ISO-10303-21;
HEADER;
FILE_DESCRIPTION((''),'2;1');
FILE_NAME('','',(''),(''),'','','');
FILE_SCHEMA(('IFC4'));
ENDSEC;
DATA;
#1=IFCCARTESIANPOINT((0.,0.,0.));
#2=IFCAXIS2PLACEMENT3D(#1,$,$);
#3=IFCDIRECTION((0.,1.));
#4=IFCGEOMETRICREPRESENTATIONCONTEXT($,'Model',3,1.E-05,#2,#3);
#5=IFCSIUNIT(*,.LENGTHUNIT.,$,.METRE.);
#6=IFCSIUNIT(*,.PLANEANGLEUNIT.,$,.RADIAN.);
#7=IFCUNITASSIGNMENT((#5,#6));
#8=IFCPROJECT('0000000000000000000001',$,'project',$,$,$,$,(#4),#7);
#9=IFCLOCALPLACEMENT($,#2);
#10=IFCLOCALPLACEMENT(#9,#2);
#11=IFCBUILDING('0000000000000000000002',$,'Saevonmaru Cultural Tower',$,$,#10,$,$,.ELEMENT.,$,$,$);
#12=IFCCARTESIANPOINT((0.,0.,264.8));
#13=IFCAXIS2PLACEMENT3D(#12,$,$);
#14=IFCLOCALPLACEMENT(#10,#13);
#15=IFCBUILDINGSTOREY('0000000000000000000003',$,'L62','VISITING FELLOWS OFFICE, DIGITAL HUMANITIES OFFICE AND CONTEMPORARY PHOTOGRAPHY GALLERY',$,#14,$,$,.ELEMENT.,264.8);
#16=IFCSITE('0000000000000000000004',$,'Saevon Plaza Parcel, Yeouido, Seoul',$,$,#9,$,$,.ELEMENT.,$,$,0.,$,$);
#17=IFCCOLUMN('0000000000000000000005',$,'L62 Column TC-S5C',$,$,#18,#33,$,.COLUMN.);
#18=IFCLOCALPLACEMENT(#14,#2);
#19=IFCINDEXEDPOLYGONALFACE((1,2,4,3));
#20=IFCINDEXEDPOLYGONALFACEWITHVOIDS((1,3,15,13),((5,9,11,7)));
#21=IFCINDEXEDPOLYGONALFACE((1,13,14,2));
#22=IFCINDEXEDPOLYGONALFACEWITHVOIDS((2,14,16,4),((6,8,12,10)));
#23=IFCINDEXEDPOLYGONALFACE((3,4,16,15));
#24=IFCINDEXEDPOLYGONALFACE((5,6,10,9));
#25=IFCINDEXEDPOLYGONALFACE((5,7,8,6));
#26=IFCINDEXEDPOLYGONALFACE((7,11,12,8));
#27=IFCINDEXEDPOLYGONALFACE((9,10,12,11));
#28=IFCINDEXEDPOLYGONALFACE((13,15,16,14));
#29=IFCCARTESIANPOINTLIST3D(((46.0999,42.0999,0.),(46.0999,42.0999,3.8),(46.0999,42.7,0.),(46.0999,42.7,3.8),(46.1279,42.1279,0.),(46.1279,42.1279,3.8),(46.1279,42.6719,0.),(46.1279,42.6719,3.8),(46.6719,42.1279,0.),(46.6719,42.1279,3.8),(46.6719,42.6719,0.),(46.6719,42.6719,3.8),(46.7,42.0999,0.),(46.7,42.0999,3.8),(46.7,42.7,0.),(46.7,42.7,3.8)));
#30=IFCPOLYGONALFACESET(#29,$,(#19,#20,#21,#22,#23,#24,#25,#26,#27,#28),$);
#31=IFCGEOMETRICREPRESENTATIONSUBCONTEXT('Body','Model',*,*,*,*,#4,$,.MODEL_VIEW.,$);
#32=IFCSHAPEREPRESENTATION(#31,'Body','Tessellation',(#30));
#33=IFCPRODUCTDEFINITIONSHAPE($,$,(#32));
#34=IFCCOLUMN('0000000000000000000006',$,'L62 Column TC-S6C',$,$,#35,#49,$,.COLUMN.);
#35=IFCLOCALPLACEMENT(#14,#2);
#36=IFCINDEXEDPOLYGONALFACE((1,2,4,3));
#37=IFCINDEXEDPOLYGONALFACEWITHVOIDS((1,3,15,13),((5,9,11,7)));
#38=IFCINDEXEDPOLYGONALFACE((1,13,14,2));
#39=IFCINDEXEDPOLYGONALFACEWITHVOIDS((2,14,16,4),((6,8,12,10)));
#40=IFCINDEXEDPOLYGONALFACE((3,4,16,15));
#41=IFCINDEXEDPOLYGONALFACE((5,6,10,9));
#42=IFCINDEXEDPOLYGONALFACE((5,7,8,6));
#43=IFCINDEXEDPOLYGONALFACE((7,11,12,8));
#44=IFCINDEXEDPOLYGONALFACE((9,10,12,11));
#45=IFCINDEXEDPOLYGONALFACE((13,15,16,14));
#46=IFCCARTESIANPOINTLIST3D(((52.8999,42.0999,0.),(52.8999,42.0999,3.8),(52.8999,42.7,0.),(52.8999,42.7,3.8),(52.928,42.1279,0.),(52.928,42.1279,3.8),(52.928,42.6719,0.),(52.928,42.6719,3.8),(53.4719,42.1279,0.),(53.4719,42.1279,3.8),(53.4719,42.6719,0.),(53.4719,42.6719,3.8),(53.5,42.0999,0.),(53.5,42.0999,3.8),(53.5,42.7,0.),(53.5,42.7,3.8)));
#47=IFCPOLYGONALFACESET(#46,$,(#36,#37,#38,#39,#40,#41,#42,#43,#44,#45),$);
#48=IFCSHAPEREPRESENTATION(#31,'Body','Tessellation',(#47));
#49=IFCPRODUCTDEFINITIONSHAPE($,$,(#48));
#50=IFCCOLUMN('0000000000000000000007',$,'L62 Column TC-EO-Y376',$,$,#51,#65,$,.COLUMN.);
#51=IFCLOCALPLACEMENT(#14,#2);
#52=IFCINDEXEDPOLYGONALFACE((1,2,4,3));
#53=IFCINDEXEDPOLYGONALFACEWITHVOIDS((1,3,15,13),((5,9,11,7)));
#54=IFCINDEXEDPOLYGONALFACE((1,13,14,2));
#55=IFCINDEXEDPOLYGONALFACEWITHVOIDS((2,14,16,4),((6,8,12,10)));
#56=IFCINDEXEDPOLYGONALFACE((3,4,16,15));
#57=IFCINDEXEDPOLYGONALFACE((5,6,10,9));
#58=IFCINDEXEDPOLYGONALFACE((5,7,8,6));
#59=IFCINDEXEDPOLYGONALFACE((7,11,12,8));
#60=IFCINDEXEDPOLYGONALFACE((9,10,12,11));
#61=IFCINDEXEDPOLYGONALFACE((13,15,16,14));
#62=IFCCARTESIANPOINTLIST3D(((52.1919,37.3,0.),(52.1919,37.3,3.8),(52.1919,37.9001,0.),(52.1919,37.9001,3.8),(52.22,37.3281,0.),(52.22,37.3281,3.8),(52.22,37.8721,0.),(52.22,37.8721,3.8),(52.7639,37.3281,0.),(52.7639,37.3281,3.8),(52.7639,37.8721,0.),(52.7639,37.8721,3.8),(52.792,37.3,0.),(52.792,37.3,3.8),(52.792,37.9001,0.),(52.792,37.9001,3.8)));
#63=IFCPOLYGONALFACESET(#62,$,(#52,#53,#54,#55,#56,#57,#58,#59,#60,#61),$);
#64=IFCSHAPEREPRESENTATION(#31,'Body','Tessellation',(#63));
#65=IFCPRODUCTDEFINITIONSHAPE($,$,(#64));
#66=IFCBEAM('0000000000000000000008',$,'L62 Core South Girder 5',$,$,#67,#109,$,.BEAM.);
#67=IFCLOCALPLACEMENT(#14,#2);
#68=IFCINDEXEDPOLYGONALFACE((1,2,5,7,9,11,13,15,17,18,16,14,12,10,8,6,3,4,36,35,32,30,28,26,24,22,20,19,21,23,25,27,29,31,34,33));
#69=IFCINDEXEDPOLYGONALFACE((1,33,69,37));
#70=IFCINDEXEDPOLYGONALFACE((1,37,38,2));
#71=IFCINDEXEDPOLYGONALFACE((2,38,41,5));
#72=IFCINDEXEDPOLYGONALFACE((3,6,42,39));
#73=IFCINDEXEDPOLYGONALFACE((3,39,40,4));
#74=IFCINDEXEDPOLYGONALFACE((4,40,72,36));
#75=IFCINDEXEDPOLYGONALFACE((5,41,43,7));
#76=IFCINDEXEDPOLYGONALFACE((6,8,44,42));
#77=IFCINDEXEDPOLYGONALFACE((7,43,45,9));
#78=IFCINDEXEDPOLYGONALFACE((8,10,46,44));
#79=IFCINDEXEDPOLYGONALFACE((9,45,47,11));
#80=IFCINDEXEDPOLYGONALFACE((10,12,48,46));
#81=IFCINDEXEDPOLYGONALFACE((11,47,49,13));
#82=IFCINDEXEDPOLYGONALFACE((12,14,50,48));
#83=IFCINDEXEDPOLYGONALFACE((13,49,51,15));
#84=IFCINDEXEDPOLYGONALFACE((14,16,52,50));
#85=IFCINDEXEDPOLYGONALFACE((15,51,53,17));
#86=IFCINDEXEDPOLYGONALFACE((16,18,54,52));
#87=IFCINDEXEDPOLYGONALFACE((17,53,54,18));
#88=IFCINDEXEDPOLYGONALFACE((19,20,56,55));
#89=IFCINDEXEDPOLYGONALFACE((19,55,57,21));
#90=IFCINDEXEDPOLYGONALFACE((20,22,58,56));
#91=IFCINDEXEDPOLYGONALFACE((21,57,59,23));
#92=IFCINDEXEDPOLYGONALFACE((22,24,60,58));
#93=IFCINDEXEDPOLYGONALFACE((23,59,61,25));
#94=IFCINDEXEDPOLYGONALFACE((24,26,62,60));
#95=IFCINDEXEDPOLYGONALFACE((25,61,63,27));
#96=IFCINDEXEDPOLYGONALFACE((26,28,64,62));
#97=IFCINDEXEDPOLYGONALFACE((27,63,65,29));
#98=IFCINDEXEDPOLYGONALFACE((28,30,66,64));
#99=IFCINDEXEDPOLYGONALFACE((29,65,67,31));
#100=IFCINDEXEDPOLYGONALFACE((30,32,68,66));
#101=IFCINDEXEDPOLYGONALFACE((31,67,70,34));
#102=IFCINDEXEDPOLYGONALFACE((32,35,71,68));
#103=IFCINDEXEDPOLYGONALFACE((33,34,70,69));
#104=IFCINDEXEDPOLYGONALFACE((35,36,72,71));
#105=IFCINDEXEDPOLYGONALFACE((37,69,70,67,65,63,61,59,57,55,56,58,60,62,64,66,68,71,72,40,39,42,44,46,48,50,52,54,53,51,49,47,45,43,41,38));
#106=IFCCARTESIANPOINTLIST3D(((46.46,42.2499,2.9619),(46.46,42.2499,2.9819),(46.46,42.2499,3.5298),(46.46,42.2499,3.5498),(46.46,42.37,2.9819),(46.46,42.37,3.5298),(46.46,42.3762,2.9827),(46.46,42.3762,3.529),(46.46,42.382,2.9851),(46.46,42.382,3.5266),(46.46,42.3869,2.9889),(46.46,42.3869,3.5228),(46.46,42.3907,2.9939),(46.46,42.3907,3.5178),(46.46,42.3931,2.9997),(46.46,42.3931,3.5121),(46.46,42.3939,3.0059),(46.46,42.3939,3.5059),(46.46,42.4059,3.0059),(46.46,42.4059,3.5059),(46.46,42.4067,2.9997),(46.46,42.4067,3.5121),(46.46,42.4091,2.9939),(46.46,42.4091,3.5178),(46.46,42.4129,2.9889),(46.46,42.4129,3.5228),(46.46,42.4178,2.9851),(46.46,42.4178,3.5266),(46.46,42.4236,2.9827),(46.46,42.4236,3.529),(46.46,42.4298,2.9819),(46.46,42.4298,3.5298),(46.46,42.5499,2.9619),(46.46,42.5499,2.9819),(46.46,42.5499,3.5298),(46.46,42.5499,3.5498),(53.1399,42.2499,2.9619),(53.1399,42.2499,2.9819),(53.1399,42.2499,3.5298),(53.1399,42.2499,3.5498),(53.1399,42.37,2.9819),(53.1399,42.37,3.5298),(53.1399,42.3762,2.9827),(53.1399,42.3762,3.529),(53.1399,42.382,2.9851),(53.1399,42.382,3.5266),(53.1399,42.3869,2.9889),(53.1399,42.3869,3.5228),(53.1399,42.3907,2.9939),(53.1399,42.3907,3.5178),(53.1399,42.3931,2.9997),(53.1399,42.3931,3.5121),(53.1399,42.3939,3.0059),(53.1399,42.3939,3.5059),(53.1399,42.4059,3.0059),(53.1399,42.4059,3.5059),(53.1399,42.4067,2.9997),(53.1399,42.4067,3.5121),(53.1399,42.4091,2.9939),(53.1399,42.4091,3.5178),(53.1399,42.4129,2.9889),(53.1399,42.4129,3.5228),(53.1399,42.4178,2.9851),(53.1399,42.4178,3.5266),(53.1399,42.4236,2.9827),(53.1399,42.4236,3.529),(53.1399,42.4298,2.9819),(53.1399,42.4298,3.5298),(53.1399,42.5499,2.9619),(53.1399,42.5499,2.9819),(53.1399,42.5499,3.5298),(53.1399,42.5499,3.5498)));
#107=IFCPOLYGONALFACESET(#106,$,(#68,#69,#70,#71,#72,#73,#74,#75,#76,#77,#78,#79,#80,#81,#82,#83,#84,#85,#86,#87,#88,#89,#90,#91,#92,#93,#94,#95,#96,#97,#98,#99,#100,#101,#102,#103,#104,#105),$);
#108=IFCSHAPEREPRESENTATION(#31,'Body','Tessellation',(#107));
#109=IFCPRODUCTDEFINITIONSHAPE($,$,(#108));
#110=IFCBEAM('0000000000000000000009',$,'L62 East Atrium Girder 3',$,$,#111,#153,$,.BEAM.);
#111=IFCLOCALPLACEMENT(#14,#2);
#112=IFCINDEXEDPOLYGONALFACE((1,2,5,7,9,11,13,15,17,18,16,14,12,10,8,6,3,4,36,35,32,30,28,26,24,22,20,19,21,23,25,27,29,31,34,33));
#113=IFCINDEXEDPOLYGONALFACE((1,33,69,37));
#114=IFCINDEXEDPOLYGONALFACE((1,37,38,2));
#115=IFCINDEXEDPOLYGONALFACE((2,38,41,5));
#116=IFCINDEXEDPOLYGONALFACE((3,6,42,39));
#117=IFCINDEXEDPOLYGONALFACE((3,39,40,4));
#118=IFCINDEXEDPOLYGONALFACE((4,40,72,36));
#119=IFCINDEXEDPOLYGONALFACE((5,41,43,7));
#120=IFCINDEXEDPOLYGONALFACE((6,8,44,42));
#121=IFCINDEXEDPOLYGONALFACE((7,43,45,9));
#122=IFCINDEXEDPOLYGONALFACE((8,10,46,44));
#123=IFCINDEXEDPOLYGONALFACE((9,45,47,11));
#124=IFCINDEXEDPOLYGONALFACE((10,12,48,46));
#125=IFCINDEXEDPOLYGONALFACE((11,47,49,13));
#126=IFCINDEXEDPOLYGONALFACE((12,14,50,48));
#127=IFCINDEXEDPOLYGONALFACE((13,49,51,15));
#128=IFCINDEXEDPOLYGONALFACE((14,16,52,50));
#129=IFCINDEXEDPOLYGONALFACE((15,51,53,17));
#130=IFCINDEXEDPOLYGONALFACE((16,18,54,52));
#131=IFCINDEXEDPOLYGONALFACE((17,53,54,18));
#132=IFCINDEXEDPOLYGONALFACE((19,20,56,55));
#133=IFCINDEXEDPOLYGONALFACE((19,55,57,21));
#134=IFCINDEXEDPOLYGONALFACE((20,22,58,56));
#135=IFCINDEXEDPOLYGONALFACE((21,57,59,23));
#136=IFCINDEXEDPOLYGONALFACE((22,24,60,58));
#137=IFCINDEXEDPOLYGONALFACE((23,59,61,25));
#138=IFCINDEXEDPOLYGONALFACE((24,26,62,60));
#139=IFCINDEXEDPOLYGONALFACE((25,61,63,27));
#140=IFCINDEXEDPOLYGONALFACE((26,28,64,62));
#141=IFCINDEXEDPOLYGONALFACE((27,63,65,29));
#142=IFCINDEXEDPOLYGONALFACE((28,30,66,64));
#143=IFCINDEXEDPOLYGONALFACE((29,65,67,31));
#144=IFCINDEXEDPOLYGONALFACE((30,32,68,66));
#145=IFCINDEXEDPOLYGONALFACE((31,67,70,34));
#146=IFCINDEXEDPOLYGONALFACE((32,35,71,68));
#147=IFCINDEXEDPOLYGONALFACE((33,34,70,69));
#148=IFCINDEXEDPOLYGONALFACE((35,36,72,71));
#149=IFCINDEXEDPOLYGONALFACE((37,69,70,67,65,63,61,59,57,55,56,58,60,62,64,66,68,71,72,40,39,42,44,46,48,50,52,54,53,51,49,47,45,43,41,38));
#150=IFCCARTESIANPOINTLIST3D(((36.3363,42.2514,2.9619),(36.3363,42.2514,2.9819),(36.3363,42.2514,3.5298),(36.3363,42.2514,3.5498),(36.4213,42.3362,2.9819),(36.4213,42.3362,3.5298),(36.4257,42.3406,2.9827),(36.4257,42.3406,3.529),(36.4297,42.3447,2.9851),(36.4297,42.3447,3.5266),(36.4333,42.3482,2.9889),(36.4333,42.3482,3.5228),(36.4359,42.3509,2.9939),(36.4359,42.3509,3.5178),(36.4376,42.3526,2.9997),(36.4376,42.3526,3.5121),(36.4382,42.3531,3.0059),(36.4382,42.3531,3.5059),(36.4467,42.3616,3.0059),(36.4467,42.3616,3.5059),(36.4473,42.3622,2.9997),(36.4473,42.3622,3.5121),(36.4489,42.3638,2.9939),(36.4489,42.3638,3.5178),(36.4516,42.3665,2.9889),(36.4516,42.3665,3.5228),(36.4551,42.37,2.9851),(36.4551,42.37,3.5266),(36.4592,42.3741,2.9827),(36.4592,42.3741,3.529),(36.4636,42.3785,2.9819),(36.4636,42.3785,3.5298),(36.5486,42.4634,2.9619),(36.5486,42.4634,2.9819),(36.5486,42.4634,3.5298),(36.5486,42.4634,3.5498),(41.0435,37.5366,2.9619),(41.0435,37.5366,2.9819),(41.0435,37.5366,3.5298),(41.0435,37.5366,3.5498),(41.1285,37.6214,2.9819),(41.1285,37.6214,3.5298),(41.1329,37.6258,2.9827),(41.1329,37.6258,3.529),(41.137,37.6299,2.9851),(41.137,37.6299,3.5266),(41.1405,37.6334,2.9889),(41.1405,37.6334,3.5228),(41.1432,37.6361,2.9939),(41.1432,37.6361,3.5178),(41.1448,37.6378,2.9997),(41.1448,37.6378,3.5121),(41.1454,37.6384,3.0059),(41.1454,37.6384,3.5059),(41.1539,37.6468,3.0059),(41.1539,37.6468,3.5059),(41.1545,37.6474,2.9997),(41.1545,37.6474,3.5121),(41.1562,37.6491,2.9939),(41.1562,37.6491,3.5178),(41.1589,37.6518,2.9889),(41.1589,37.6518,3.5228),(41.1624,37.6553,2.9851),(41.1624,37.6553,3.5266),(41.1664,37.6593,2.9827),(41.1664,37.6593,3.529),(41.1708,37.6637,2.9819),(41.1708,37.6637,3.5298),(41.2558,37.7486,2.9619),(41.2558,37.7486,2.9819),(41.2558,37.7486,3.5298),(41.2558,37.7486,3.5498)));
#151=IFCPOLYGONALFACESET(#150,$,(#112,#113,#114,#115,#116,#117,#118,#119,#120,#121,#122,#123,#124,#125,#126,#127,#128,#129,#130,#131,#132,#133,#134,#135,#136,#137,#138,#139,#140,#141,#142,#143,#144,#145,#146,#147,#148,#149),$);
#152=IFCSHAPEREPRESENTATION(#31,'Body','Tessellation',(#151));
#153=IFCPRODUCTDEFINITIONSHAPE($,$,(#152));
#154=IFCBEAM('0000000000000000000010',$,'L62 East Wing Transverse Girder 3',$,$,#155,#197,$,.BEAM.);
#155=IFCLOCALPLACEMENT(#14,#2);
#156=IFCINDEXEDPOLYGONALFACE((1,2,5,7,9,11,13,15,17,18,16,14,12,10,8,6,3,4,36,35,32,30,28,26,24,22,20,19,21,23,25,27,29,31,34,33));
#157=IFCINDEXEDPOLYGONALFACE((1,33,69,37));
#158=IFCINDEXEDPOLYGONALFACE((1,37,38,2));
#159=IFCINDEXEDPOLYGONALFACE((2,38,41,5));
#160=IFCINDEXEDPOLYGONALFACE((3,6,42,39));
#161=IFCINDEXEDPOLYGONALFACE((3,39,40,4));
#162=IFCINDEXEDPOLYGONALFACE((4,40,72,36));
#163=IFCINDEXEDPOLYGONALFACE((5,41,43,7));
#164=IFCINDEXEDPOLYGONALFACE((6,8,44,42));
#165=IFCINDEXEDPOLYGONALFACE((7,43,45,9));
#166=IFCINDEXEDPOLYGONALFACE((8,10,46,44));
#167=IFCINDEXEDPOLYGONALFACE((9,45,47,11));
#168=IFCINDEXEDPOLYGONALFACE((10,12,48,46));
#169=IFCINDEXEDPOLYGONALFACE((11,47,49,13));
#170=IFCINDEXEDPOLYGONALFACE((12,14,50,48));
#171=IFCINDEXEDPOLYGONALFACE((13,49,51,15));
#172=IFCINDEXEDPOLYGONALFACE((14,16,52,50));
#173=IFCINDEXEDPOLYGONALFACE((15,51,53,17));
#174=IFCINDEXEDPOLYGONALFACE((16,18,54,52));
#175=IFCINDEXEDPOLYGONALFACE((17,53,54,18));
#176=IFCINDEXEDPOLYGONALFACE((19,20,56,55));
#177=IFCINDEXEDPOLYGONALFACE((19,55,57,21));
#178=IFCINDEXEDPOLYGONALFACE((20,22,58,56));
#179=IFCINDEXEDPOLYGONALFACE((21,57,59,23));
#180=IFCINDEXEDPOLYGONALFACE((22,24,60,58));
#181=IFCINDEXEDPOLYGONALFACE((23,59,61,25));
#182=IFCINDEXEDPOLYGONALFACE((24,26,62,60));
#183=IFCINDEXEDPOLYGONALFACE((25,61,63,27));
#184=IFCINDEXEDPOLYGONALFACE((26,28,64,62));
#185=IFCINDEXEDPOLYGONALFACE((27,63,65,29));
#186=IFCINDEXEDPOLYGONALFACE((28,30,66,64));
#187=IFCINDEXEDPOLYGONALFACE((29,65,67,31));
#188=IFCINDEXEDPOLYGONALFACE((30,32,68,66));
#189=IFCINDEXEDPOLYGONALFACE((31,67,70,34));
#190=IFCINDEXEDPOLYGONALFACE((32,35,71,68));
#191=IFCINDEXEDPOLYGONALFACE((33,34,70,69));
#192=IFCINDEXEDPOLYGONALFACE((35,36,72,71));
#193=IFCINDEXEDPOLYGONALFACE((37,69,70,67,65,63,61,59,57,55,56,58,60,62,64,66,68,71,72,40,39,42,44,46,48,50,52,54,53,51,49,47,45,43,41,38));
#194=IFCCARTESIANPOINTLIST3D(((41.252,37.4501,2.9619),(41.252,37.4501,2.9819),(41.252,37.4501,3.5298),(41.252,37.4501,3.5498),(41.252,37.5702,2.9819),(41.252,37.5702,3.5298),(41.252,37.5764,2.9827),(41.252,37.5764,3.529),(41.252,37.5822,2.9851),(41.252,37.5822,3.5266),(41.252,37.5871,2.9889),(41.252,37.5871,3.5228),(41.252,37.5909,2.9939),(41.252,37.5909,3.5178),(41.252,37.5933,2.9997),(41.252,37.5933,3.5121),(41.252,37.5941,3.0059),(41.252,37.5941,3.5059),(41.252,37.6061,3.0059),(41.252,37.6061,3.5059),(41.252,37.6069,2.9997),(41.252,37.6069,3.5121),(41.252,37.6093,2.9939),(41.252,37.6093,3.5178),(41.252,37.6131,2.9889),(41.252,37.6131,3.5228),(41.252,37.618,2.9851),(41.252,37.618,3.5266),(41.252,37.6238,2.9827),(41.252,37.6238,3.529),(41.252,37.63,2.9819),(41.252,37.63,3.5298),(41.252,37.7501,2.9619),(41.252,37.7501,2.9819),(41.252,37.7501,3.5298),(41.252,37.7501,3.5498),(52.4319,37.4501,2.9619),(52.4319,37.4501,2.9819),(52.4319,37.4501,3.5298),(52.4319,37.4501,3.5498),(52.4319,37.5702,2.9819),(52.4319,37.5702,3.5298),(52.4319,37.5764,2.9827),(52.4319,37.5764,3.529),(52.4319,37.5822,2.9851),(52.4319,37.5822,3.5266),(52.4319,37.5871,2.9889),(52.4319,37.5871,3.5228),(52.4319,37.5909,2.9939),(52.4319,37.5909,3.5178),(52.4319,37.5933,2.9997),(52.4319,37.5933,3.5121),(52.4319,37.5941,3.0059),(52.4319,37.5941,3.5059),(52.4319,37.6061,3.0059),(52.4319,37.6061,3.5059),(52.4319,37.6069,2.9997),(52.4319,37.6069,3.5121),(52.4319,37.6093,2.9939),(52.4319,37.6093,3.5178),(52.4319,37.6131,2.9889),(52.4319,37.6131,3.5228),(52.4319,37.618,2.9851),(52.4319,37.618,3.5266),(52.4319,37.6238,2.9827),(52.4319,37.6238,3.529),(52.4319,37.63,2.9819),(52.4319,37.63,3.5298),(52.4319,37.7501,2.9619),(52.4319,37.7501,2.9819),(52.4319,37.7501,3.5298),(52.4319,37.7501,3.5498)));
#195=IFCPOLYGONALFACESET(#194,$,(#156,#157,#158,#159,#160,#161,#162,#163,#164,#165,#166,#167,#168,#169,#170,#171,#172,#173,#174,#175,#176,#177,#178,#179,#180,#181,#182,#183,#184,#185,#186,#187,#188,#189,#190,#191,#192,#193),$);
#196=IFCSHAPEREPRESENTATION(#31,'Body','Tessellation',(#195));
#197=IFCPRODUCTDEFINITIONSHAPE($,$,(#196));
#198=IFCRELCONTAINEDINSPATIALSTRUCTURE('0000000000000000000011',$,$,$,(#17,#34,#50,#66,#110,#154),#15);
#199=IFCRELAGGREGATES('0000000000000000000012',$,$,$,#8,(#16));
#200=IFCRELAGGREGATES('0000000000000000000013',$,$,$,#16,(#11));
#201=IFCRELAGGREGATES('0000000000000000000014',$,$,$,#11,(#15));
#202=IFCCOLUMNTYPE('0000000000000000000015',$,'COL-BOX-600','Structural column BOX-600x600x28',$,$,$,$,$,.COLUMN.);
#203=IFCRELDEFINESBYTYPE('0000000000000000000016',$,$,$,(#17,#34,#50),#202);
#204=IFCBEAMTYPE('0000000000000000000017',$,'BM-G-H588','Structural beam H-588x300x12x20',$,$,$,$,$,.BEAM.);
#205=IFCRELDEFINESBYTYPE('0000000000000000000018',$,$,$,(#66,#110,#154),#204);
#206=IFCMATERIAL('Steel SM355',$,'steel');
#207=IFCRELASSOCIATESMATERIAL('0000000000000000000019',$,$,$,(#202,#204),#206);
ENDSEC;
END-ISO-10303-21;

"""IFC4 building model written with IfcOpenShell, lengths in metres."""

from ifc_helpers import new_model, si_unit, direction, frame, origin, origin_2d, place, context, subcontext, project, spatial, hollow_rectangle, i_section, extrude, material, material_profile, profile_set, type_object, element, save


model = new_model("IFC4")

# Units and contexts
model_context = context("Model", 3, precision=1e-05, world=origin(), true_north=direction((0.0, 1.0)))
body_context = subcontext(model_context, "Body", "Model", "MODEL_VIEW")
ifc_project = project(units=[si_unit("LENGTHUNIT", "METRE"), si_unit("PLANEANGLEUNIT", "RADIAN")], contexts=[model_context])

# Site, building, storey
site_placement = place(None, origin())
site = spatial("IfcSite", under=ifc_project, at=site_placement, Name="Saevon Plaza Parcel, Yeouido, Seoul", CompositionType="ELEMENT", RefElevation=0.0)
building_placement = place(site_placement, origin())
building = spatial("IfcBuilding", under=site, at=building_placement, Name="Saevonmaru Cultural Tower", CompositionType="ELEMENT")
storey_placement = place(building_placement, frame((0.0, 0.0, 264.8)))
storey = spatial("IfcBuildingStorey", under=building, at=storey_placement, Name="L62", Description="VISITING FELLOWS OFFICE, DIGITAL HUMANITIES OFFICE AND CONTEMPORARY PHOTOGRAPHY GALLERY", CompositionType="ELEMENT", Elevation=264.8)

# Columns
ifc_material_1 = material(Name="Steel SM355", Category="steel")
ifc_material_profile_1 = material_profile(ifc_material_1, hollow_rectangle(XDim=0.6001, YDim=0.6001, WallThickness=0.0281, at=origin_2d()), Name="BOX-600x600x28")
ifc_profile_set_1 = profile_set([ifc_material_profile_1], Name="Steel SM355")
column_type = type_object("IfcColumnType", Name="COL-BOX-600", Description="Structural column BOX-600x600x28", PredefinedType="COLUMN", material=ifc_profile_set_1)
for number, where, z_axis, x_axis, name in (
    (1, (46.3999, 42.3999, 0.0), (0.0, 0.0, 1.0), (1.0, 0.0, 0.0), "L62 Column TC-S5C"),
    (2, (53.2, 42.3999, 0.0), (0.0, 0.0, 1.0), (1.0, 0.0, 0.0), "L62 Column TC-S6C"),
    (3, (52.4919, 37.6001, 0.0), (0.0, 0.0, 1.0), (1.0, 0.0, 0.0), "L62 Column TC-EO-Y376"),
):
    element("IfcColumn", number, at=place(storey_placement, frame(where, z_axis=z_axis, x_axis=x_axis)), inside=storey, type_object=column_type, Name=name, PredefinedType="COLUMN", context=body_context, shape_type="SweptSolid", body=[
        extrude(hollow_rectangle(XDim=0.6001, YDim=0.6001, WallThickness=0.0281, at=origin_2d()), origin(), (0.0, 0.0, 1.0), 3.8),
    ])

# Beams
ifc_material_profile_2 = material_profile(ifc_material_1, i_section(OverallWidth=0.3, OverallDepth=0.5879, WebThickness=0.012, FlangeThickness=0.02, FilletRadius=0.0239, at=origin_2d()), Name="H-588x300x12x20")
ifc_profile_set_2 = profile_set([ifc_material_profile_2], Name="Steel SM355")
beam_type_1 = type_object("IfcBeamType", Name="BM-G-H588", Description="Structural beam H-588x300x12x20", PredefinedType="BEAM", material=ifc_profile_set_2)
beam_1_placement = place(storey_placement, frame((46.46, 42.3999, 3.2559), z_axis=(1.0, 0.0, 0.0), x_axis=(0.0, 1.0, 0.0)))
element("IfcBeam", 4, at=beam_1_placement, inside=storey, type_object=beam_type_1, Name="L62 Core South Girder 5", PredefinedType="BEAM", context=body_context, shape_type="SweptSolid", body=[
    extrude(i_section(OverallWidth=0.3, OverallDepth=0.5879, WebThickness=0.012, FlangeThickness=0.02, FilletRadius=0.0239, at=origin_2d()), origin(), (0.0, 0.0, 1.0), 6.6799),
])
beam_2_placement = place(storey_placement, frame((41.1497, 37.6426, 3.2559), z_axis=(-0.706539, 0.707675, 0.0), x_axis=(-0.707675, -0.706539, 0.0)))
element("IfcBeam", 5, at=beam_2_placement, inside=storey, type_object=beam_type_1, Name="L62 East Atrium Girder 3", PredefinedType="BEAM", context=body_context, shape_type="SweptSolid", body=[
    extrude(i_section(OverallWidth=0.3, OverallDepth=0.5879, WebThickness=0.012, FlangeThickness=0.02, FilletRadius=0.0239, at=origin_2d()), origin(), (0.0, 0.0, 1.0), 6.6624),
])
beam_3_placement = place(storey_placement, frame((41.252, 37.6001, 3.2559), z_axis=(1.0, 0.0, 0.0), x_axis=(0.0, 1.0, 0.0)))
element("IfcBeam", 6, at=beam_3_placement, inside=storey, type_object=beam_type_1, Name="L62 East Wing Transverse Girder 3", PredefinedType="BEAM", context=body_context, shape_type="SweptSolid", body=[
    extrude(i_section(OverallWidth=0.3, OverallDepth=0.5879, WebThickness=0.012, FlangeThickness=0.02, FilletRadius=0.0239, at=origin_2d()), origin(), (0.0, 0.0, 1.0), 11.1799),
])

save(model, "model.ifc")
